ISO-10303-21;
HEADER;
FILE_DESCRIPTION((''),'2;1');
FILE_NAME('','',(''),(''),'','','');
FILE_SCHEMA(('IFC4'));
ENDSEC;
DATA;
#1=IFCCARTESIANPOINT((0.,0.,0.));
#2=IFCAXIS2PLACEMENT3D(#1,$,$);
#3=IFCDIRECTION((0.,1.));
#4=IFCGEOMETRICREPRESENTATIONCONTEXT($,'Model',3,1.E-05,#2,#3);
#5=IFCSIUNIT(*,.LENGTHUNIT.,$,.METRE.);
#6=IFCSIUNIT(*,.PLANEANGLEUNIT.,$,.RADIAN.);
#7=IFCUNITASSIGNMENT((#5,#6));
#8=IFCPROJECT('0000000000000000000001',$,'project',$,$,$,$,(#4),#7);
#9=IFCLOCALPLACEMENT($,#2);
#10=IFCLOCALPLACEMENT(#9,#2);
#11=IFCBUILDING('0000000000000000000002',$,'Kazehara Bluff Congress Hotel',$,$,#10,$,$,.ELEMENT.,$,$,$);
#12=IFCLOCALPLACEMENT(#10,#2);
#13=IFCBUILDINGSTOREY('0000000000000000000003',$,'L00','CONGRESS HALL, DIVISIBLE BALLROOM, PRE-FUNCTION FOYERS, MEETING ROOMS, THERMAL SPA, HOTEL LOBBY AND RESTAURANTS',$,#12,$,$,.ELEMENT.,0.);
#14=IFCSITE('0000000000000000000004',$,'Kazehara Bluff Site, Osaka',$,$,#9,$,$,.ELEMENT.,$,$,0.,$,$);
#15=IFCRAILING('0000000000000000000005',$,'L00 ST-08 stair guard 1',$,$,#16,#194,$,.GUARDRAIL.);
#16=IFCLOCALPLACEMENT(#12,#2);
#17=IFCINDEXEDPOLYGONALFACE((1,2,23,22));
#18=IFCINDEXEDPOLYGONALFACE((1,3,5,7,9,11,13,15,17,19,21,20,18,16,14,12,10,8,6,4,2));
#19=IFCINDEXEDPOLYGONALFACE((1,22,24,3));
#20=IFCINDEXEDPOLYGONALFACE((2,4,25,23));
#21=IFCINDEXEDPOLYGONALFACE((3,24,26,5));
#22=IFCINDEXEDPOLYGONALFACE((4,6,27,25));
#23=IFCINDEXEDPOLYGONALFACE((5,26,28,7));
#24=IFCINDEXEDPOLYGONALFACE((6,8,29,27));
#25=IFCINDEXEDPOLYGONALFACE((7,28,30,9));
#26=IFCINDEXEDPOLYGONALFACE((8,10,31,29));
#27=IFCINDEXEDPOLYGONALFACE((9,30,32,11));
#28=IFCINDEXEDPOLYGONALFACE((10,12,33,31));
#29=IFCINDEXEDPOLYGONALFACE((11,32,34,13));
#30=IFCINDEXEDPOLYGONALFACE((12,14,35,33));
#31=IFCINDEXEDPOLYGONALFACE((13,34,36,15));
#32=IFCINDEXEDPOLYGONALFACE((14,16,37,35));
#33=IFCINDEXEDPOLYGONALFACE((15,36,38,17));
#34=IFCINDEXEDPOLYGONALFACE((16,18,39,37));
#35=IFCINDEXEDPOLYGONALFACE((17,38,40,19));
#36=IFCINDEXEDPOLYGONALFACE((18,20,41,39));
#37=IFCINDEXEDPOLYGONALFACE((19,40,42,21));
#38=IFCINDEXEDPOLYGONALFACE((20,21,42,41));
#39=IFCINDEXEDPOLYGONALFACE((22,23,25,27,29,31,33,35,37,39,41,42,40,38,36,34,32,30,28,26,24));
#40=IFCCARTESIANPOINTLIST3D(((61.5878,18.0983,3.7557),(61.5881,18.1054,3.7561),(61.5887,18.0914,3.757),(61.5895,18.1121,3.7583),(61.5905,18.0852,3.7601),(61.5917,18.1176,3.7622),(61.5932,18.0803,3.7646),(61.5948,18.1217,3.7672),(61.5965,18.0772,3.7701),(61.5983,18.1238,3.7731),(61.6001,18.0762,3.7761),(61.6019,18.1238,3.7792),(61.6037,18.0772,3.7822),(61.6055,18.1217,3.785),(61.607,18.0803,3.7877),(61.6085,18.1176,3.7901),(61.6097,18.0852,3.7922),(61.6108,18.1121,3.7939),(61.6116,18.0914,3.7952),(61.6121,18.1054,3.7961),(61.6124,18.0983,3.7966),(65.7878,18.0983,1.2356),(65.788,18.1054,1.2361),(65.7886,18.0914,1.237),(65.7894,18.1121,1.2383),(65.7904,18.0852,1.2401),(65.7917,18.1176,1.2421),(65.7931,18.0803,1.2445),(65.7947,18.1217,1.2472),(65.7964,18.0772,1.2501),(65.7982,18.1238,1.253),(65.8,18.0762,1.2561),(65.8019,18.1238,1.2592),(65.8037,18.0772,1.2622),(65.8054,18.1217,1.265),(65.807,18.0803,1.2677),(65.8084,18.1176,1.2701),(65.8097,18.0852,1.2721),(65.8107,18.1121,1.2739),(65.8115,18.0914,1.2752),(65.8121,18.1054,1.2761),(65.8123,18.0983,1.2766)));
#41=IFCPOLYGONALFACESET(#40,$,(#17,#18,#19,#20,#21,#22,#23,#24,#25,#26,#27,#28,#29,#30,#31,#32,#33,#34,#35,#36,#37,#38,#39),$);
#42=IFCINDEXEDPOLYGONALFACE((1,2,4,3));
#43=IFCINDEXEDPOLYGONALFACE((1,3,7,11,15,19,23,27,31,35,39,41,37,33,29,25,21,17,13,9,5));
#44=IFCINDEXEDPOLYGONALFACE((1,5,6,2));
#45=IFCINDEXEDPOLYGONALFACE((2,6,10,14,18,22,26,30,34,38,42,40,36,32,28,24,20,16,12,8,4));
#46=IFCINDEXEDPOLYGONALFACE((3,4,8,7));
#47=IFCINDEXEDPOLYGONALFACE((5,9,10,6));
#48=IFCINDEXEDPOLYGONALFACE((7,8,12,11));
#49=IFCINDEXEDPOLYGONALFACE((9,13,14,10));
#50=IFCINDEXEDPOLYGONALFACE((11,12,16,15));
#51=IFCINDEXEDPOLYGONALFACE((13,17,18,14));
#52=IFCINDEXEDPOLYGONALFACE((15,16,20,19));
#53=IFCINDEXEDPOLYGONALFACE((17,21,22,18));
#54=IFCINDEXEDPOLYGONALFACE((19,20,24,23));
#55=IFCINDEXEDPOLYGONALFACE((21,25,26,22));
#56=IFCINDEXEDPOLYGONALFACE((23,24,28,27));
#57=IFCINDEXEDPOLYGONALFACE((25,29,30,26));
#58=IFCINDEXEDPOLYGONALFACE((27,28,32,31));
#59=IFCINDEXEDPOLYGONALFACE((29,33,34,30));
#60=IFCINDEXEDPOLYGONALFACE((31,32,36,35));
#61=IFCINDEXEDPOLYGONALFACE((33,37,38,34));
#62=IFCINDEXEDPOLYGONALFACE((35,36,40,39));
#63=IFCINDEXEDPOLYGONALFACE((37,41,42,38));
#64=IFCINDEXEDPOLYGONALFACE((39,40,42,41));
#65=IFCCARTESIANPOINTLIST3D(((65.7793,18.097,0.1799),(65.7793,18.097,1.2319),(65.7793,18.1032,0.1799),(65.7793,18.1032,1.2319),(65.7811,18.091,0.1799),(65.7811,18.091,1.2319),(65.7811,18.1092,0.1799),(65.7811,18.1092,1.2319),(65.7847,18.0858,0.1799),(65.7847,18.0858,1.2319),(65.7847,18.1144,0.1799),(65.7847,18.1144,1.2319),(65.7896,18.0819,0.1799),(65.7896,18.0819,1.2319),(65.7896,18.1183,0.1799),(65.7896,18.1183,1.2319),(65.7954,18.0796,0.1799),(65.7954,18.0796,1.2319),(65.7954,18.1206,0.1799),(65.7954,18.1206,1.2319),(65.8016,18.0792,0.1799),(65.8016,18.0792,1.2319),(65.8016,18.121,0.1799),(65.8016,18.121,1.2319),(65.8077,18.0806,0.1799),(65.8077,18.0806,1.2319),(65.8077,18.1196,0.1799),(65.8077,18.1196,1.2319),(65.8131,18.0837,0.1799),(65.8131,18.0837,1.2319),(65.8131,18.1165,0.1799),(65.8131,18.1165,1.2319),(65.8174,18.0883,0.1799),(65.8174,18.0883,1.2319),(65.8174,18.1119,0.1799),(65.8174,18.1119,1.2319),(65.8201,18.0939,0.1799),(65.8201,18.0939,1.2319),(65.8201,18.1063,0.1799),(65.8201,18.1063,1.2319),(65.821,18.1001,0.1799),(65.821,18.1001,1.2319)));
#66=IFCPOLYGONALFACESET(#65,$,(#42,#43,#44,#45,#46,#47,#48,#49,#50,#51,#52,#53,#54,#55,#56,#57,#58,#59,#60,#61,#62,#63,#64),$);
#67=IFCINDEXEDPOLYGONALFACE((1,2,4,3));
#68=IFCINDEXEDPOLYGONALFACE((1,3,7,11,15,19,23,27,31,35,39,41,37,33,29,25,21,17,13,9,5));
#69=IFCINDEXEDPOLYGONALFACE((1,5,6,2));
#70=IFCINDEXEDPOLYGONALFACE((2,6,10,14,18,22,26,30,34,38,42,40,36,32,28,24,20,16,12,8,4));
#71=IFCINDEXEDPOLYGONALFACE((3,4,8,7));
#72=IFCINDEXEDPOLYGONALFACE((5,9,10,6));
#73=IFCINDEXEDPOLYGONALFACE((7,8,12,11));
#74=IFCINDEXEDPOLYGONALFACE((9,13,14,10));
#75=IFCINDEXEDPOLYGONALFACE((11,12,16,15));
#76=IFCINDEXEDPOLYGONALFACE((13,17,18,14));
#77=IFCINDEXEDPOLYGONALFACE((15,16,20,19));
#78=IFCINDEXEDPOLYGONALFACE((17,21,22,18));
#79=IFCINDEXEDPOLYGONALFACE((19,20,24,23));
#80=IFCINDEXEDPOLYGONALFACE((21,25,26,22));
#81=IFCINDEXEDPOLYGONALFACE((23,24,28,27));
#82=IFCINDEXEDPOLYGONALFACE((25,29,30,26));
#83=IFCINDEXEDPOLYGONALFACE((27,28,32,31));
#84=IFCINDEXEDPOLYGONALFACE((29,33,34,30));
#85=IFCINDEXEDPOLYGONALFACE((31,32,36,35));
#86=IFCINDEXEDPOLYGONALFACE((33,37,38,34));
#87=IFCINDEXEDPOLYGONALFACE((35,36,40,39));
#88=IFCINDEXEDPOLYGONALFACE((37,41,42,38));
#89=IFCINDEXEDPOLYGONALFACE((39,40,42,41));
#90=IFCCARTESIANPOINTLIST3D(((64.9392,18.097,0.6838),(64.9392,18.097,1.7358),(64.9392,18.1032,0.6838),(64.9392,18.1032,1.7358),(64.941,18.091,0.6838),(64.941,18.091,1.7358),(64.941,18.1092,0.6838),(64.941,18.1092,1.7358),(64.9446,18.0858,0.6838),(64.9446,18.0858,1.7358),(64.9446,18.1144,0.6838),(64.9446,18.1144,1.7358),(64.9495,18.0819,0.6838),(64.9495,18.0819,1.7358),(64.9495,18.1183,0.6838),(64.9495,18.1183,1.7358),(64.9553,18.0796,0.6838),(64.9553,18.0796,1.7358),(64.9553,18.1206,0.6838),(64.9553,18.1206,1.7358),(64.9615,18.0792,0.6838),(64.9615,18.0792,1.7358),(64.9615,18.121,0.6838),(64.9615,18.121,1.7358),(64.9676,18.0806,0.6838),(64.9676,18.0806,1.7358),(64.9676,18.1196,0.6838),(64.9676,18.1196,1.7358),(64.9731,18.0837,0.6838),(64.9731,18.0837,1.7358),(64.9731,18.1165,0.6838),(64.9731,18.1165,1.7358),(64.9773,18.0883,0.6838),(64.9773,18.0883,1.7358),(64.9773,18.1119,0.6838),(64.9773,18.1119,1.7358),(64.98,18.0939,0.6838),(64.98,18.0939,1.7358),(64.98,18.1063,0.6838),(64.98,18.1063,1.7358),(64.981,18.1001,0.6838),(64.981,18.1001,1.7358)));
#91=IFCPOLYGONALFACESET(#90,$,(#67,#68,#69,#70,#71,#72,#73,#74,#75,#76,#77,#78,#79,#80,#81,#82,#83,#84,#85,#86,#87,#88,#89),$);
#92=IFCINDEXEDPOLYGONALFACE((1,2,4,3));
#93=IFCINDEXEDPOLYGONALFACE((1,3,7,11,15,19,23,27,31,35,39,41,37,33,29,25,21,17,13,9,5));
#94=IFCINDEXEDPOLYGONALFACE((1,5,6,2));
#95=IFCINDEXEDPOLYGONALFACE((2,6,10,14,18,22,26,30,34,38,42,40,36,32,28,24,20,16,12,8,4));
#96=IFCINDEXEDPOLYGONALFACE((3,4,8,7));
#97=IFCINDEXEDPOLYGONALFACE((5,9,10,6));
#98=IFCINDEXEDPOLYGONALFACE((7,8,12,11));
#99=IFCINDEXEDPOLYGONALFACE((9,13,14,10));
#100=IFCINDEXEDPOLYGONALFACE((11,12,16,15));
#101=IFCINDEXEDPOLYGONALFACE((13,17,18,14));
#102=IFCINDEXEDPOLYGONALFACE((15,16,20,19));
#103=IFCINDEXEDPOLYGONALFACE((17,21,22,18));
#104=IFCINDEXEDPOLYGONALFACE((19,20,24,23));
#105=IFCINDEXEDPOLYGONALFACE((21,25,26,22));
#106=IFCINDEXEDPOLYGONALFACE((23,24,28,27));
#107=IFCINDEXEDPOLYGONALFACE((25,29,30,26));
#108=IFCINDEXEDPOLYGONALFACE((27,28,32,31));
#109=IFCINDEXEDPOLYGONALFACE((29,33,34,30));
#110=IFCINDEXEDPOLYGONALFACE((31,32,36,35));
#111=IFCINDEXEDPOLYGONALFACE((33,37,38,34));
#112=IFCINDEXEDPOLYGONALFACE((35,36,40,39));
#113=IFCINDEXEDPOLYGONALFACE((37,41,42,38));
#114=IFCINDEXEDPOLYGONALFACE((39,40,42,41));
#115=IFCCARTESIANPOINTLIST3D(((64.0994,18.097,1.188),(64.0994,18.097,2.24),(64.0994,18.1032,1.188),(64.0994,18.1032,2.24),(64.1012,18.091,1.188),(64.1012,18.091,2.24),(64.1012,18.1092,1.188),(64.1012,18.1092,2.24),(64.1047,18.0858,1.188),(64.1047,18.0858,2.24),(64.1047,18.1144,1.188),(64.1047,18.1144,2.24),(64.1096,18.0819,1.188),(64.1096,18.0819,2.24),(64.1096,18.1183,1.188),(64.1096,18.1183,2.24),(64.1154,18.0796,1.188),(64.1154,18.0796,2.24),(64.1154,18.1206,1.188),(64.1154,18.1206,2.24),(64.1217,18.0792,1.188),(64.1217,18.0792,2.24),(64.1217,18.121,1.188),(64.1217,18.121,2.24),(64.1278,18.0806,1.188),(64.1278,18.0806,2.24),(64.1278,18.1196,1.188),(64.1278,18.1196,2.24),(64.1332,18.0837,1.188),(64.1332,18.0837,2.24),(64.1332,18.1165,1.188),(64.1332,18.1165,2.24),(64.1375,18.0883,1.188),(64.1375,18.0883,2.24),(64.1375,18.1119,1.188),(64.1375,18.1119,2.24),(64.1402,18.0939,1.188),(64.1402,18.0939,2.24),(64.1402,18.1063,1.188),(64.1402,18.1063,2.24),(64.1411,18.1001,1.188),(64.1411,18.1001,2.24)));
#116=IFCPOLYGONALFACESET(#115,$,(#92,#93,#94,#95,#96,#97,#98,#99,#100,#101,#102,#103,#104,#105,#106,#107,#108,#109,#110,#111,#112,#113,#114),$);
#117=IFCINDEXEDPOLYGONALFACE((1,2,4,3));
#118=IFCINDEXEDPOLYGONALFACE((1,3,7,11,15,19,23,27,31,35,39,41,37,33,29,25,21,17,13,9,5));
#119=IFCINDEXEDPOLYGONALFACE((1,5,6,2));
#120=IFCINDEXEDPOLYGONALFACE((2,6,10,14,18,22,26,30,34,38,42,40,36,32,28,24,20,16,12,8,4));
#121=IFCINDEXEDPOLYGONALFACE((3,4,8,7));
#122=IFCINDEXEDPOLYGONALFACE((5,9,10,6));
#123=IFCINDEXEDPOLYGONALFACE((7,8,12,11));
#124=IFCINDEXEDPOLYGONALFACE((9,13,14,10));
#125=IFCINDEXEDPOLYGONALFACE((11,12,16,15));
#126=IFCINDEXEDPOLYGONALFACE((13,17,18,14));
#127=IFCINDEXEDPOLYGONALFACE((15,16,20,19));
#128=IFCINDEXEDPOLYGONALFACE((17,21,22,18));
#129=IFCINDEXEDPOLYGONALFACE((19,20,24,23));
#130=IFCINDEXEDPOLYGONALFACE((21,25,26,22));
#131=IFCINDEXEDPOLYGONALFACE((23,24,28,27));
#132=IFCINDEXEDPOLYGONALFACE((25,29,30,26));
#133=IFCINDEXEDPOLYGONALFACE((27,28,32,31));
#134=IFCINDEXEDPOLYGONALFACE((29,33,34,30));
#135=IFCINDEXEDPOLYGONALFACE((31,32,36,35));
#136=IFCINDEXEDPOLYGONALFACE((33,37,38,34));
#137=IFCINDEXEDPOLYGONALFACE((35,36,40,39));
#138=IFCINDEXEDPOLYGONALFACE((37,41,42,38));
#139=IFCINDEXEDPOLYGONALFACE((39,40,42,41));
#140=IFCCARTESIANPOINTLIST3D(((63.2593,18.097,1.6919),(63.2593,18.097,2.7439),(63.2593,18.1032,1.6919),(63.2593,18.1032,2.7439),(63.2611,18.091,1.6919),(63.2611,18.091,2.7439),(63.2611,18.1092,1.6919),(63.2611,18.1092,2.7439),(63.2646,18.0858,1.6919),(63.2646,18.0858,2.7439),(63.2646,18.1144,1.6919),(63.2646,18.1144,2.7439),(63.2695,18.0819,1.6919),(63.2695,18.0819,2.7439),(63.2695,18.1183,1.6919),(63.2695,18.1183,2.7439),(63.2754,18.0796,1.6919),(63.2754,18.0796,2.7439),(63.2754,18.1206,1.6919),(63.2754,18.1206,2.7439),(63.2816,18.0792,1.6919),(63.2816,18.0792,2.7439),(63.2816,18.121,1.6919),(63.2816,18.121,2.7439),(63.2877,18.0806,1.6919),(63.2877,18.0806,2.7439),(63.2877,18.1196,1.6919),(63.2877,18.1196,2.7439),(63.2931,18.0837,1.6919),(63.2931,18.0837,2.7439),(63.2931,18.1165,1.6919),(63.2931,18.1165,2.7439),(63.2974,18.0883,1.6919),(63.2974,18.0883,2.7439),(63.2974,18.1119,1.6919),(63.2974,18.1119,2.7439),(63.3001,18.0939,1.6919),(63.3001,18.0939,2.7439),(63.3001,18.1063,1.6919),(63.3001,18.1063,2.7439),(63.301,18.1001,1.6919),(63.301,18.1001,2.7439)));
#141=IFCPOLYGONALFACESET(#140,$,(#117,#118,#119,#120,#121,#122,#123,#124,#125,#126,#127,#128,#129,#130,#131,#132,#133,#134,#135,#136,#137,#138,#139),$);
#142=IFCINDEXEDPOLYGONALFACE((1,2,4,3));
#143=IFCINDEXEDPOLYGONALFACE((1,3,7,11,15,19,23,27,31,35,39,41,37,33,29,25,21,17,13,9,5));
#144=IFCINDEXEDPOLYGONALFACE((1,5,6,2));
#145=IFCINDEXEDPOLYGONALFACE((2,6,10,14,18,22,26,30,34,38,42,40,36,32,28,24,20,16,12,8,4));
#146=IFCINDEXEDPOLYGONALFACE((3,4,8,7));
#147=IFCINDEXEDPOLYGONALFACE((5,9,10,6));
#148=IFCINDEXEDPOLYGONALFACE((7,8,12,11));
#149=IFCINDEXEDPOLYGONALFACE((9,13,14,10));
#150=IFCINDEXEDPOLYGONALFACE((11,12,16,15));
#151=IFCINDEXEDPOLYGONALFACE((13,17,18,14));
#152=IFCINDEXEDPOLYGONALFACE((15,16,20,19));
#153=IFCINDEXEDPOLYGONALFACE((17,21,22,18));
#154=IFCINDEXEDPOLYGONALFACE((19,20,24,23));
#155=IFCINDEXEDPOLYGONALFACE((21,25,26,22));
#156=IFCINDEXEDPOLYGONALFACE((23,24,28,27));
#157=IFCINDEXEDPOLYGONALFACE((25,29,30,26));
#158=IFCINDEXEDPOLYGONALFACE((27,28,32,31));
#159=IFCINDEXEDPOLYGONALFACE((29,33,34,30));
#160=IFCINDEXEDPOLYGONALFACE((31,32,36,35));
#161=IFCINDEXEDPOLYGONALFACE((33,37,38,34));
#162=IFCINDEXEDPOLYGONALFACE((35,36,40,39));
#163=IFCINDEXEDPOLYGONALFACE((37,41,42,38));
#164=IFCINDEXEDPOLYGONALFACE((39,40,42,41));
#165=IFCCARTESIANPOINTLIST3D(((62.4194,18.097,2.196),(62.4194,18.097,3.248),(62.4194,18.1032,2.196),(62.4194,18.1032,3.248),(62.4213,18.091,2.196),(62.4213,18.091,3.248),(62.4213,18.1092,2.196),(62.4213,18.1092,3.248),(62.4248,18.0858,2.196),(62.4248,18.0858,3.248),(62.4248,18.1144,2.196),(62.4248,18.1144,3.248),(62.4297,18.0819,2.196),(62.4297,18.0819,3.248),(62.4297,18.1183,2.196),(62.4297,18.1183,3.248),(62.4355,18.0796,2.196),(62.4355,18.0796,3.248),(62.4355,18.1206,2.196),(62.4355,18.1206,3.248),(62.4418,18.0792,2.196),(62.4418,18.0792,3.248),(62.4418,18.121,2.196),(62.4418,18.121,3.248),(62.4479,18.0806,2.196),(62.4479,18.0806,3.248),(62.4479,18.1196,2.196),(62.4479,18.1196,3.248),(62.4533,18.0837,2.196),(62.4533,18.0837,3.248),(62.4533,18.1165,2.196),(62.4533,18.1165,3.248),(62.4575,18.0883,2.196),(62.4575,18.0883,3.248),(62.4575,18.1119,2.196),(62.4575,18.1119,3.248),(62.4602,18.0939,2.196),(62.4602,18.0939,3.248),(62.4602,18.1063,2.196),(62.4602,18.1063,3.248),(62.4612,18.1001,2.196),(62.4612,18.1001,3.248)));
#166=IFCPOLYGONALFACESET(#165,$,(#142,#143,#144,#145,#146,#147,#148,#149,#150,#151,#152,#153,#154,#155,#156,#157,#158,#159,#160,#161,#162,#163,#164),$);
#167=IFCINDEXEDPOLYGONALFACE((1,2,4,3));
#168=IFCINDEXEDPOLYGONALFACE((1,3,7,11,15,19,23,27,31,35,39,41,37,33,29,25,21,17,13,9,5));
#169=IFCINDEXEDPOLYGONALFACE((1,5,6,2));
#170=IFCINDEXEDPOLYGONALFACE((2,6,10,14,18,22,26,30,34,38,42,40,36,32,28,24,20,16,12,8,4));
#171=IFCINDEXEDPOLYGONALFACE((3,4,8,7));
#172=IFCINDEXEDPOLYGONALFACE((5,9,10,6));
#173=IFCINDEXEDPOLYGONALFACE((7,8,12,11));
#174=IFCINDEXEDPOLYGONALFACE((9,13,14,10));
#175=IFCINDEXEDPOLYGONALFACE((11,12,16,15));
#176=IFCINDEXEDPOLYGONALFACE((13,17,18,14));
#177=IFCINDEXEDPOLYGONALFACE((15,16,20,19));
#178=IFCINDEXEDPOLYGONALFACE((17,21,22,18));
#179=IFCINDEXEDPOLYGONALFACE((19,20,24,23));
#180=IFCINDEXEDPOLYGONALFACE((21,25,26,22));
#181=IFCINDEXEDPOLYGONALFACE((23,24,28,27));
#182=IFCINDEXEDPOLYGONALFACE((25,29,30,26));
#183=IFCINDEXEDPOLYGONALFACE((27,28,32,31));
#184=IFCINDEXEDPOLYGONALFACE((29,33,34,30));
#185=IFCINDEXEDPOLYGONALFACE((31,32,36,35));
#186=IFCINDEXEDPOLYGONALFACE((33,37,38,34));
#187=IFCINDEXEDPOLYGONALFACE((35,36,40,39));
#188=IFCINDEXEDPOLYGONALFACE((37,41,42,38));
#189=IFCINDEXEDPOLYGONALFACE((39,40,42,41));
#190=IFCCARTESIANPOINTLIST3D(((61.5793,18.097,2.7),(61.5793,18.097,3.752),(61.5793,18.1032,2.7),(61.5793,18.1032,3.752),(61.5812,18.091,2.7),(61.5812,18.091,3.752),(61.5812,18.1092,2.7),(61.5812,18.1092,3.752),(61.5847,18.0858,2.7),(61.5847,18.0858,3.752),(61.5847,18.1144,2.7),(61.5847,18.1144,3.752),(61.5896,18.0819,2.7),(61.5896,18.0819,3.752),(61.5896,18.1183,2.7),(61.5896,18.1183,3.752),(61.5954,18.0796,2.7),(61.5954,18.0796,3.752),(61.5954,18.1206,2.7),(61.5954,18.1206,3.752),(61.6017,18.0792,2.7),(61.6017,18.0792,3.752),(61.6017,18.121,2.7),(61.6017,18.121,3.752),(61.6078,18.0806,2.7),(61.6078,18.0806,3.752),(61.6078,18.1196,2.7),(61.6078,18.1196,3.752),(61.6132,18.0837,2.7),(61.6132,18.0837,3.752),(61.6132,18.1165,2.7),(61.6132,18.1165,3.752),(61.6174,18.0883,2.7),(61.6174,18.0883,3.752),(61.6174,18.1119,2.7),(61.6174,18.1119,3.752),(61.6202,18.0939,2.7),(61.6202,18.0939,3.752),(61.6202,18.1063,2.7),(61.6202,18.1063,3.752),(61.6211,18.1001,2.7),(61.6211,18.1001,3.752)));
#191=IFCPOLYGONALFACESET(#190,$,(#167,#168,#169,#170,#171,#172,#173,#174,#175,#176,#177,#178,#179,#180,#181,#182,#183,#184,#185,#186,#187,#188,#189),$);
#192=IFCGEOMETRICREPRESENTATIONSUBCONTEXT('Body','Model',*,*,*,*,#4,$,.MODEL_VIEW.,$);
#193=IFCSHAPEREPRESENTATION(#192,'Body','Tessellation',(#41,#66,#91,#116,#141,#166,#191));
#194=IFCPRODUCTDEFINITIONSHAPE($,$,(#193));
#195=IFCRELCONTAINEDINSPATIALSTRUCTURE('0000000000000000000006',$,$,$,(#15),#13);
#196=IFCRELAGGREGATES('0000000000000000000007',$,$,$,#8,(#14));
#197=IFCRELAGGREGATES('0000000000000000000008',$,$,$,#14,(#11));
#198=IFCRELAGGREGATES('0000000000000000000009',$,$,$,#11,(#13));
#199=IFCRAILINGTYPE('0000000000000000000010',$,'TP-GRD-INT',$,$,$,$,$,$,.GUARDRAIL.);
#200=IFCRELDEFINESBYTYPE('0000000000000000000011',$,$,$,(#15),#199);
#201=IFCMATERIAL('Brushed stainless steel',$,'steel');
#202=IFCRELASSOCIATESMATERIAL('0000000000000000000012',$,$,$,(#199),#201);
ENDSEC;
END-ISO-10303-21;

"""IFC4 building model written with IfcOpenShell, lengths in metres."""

from ifc_helpers import new_model, si_unit, direction, frame, origin, origin_2d, place, context, subcontext, project, spatial, circle, extrude, material, type_object, element, save


model = new_model("IFC4")

# Units and contexts
model_context = context("Model", 3, precision=1e-05, world=origin(), true_north=direction((0.0, 1.0)))
body_context = subcontext(model_context, "Body", "Model", "MODEL_VIEW")
ifc_project = project(units=[si_unit("LENGTHUNIT", "METRE"), si_unit("PLANEANGLEUNIT", "RADIAN")], contexts=[model_context])

# Site, building, storey
site_placement = place(None, origin())
site = spatial("IfcSite", under=ifc_project, at=site_placement, Name="Kazehara Bluff Site, Osaka", CompositionType="ELEMENT", RefElevation=0.0)
building_placement = place(site_placement, origin())
building = spatial("IfcBuilding", under=site, at=building_placement, Name="Kazehara Bluff Congress Hotel", CompositionType="ELEMENT")
storey_placement = place(building_placement, origin())
storey = spatial("IfcBuildingStorey", under=building, at=storey_placement, Name="L00", Description="CONGRESS HALL, DIVISIBLE BALLROOM, PRE-FUNCTION FOYERS, MEETING ROOMS, THERMAL SPA, HOTEL LOBBY AND RESTAURANTS", CompositionType="ELEMENT", Elevation=0.0)

# Railing
ifc_material_1 = material(Name="Brushed stainless steel", Category="steel")
railing_type_1 = type_object("IfcRailingType", Name="TP-GRD-INT", PredefinedType="GUARDRAIL", material=ifc_material_1)
railing_1_placement = place(storey_placement, frame((65.8, 18.1001, 0.1799)))
element("IfcRailing", 1, at=railing_1_placement, inside=storey, type_object=railing_type_1, Name="L00 ST-08 stair guard 1", PredefinedType="GUARDRAIL", context=body_context, shape_type="SweptSolid", body=[
    extrude(circle(Radius=0.0239, at=origin_2d()), frame((0.0, 0.0, 1.0762), z_axis=(-0.857489, 0.0, 0.514503), x_axis=(0.0, -1.0, 0.0)), (0.0, 0.0, 1.0), 4.8979),
    extrude(circle(Radius=0.021, at=origin_2d()), origin(), (0.0, 0.0, 1.0), 1.052),
    extrude(circle(Radius=0.021, at=origin_2d()), frame((-0.8401, 0.0, 0.5039)), (0.0, 0.0, 1.0), 1.052),
    extrude(circle(Radius=0.021, at=origin_2d()), frame((-1.6799, 0.0, 1.0081)), (0.0, 0.0, 1.0), 1.052),
    extrude(circle(Radius=0.021, at=origin_2d()), frame((-2.52, 0.0, 1.512)), (0.0, 0.0, 1.0), 1.052),
    extrude(circle(Radius=0.021, at=origin_2d()), frame((-3.3599, 0.0, 2.0161)), (0.0, 0.0, 1.0), 1.052),
    extrude(circle(Radius=0.021, at=origin_2d()), frame((-4.2, 0.0, 2.52)), (0.0, 0.0, 1.0), 1.052),
])

save(model, "model.ifc")
